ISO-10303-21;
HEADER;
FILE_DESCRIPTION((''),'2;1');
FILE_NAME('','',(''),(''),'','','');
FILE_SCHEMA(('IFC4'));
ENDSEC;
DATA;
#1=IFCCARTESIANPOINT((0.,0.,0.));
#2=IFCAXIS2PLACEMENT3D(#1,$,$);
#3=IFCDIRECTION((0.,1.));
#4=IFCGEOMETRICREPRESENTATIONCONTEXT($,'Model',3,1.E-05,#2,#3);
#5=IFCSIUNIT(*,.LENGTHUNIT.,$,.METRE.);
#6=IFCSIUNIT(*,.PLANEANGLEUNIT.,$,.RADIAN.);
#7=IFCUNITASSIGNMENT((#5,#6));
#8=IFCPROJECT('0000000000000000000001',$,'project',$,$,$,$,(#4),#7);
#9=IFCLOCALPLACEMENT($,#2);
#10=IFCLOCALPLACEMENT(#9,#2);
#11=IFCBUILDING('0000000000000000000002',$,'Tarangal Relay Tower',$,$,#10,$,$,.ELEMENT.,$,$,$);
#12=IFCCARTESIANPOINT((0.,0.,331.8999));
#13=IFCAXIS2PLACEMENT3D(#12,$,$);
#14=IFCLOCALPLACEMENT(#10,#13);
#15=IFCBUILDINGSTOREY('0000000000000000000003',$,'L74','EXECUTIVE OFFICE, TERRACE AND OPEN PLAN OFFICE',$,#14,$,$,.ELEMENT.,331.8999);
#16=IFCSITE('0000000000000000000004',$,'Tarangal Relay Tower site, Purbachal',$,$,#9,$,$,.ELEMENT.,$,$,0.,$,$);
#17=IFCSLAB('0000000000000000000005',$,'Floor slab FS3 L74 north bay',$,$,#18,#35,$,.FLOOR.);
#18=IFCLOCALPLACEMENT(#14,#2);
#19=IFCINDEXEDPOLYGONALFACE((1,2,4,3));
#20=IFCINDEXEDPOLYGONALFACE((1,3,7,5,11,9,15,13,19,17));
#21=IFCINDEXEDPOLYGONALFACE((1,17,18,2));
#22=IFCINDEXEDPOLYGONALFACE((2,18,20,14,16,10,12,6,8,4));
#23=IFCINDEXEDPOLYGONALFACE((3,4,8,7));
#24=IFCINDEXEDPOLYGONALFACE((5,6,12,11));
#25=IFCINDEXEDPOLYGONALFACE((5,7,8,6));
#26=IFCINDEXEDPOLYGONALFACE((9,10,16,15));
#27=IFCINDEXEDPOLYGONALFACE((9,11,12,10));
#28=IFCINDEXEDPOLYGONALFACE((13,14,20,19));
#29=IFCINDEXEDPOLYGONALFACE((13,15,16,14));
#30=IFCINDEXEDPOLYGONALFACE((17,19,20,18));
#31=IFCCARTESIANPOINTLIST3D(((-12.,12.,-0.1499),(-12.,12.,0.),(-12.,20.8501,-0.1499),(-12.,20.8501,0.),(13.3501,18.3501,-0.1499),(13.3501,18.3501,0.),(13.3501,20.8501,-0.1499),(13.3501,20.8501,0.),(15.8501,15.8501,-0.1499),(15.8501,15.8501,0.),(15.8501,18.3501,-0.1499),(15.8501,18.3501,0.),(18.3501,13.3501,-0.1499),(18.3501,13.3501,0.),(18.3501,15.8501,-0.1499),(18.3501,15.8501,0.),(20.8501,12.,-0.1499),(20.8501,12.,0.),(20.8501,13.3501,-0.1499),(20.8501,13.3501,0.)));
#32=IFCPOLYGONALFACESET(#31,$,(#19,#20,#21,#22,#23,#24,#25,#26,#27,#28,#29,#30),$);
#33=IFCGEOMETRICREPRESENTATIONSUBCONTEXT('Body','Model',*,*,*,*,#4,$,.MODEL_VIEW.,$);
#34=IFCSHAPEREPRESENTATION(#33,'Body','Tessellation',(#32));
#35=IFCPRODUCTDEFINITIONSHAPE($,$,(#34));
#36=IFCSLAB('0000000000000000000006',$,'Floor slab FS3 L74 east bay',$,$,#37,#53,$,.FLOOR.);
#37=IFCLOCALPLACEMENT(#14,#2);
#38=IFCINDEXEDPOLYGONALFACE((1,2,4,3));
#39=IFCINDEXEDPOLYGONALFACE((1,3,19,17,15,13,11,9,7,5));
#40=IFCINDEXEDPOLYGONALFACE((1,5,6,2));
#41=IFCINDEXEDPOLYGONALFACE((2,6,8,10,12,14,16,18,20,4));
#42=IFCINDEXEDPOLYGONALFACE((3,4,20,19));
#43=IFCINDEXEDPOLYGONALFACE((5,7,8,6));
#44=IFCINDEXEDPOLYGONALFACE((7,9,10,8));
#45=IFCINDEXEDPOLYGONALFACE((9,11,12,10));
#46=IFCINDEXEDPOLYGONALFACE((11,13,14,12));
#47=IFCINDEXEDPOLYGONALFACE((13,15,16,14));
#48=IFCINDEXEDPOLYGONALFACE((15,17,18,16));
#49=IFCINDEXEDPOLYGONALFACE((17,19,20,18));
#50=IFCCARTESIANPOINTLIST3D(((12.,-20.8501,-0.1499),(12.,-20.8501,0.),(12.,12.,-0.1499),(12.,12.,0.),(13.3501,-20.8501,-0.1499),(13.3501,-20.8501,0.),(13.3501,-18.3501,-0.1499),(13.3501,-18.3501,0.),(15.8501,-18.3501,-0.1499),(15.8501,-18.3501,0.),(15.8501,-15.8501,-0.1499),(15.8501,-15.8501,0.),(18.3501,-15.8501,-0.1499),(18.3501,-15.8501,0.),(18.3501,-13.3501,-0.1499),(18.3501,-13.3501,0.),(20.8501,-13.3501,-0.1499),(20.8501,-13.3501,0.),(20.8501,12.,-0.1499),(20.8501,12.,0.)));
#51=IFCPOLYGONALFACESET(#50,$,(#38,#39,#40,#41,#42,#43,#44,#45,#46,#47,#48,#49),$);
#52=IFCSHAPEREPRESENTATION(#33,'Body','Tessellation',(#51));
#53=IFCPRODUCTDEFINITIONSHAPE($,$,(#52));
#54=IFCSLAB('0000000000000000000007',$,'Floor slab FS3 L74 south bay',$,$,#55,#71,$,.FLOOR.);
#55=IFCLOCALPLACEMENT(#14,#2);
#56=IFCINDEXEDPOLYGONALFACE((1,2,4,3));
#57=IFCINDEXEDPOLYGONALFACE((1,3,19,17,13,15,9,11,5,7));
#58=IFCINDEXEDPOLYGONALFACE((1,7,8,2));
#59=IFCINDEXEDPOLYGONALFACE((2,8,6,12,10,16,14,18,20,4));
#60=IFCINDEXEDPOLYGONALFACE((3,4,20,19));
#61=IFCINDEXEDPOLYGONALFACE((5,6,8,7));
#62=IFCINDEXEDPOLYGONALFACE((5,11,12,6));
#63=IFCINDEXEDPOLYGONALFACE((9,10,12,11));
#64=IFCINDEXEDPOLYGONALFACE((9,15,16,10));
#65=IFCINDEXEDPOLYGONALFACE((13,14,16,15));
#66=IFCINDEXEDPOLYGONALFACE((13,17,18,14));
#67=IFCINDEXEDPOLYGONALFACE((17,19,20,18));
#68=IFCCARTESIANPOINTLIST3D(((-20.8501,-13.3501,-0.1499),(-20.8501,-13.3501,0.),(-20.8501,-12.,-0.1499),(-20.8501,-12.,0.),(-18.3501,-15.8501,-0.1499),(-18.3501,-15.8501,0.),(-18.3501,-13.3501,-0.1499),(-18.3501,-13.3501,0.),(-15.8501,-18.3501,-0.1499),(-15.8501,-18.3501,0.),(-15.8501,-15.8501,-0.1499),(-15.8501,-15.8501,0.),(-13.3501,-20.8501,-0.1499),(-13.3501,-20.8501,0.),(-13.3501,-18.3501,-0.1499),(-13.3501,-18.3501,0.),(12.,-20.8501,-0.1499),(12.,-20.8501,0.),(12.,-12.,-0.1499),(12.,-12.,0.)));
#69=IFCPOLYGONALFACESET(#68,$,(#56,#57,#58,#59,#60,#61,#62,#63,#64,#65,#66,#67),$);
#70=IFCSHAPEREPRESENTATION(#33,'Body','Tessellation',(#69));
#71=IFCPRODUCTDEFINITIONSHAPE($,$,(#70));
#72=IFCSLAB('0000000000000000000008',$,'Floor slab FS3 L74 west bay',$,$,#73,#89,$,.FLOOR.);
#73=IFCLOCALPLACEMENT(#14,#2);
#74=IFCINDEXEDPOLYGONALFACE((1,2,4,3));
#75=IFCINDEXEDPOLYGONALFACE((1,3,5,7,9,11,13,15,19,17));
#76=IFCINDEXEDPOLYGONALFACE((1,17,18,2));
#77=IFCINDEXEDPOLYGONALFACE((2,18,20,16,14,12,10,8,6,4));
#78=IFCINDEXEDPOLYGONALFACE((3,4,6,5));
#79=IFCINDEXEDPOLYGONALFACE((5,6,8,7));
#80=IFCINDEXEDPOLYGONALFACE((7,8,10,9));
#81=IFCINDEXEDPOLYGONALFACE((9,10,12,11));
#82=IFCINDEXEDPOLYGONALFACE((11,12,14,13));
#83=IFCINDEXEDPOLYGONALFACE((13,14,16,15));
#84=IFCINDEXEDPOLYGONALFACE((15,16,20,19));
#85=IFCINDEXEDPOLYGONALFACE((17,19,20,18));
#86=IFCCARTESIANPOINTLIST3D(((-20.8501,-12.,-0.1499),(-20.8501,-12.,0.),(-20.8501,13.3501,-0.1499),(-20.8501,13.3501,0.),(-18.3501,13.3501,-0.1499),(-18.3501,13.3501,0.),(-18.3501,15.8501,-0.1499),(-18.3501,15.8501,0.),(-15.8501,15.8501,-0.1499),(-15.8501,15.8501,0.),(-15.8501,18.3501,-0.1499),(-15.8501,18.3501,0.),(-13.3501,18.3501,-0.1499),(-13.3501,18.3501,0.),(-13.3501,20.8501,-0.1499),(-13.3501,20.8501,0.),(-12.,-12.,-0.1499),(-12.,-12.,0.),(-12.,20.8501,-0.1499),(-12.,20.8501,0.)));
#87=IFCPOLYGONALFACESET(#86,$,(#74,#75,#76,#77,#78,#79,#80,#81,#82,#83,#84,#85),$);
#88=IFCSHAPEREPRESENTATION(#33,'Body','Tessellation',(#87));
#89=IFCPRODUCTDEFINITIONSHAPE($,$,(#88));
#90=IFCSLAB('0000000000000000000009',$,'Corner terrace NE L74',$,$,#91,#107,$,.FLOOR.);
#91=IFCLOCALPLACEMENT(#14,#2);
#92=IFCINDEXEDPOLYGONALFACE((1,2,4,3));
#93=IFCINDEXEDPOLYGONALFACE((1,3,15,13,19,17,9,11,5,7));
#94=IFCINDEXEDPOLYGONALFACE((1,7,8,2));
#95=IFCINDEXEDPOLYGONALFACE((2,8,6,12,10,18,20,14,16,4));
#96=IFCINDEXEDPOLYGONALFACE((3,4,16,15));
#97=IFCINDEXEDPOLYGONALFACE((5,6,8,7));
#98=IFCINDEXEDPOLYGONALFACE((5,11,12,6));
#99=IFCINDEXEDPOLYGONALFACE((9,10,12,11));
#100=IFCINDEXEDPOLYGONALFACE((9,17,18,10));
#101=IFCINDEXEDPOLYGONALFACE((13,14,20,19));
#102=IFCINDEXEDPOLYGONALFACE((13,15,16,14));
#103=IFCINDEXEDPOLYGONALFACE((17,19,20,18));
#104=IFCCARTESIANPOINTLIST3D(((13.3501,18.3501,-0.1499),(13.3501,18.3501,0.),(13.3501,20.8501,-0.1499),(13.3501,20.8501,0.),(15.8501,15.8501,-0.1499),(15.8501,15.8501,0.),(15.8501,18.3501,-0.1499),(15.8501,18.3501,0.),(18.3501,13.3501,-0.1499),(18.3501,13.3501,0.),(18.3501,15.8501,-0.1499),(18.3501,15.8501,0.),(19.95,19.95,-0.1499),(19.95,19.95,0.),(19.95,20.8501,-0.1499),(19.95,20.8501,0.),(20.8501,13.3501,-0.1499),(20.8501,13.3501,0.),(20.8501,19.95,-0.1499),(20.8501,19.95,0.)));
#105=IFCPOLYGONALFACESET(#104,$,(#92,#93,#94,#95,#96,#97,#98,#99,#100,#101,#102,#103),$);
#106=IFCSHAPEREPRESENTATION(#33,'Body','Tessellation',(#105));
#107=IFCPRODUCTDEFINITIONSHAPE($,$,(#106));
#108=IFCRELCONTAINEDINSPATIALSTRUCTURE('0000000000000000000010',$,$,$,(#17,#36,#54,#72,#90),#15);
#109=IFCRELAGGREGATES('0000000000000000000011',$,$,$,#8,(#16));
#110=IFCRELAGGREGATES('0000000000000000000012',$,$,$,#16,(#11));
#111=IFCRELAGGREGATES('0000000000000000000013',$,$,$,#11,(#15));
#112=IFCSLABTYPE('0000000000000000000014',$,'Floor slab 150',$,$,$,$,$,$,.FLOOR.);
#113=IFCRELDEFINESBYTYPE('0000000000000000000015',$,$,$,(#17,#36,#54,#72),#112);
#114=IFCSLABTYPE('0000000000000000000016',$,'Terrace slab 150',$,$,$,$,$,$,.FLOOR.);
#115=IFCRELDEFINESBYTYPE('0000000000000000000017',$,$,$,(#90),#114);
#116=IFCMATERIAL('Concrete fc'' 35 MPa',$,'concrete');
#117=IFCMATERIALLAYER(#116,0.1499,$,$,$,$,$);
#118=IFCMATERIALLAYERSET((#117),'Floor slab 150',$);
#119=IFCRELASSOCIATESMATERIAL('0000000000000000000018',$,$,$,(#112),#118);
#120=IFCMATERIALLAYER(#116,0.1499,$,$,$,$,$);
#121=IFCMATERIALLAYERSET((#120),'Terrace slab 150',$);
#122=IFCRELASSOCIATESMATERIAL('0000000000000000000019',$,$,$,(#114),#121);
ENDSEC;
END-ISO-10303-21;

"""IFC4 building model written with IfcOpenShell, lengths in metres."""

from ifc_helpers import new_model, si_unit, direction, frame, origin, place, context, subcontext, project, spatial, polyline, outline, extrude, material, layer, layer_set, type_object, element, save


model = new_model("IFC4")

# Units and contexts
model_context = context("Model", 3, precision=1e-05, world=origin(), true_north=direction((0.0, 1.0)))
body_context = subcontext(model_context, "Body", "Model", "MODEL_VIEW")
ifc_project = project(units=[si_unit("LENGTHUNIT", "METRE"), si_unit("PLANEANGLEUNIT", "RADIAN")], contexts=[model_context])

# Site, building, storey
site_placement = place(None, origin())
site = spatial("IfcSite", under=ifc_project, at=site_placement, Name="Tarangal Relay Tower site, Purbachal", CompositionType="ELEMENT", RefElevation=0.0)
building_placement = place(site_placement, origin())
building = spatial("IfcBuilding", under=site, at=building_placement, Name="Tarangal Relay Tower", CompositionType="ELEMENT")
storey_placement = place(building_placement, frame((0.0, 0.0, 331.8999)))
storey = spatial("IfcBuildingStorey", under=building, at=storey_placement, Name="L74", Description="EXECUTIVE OFFICE, TERRACE AND OPEN PLAN OFFICE", CompositionType="ELEMENT", Elevation=331.8999)

# Slabs
ifc_material_1 = material(Name="Concrete fc' 35 MPa", Category="concrete")
ifc_layer_1 = layer(ifc_material_1, 0.1499)
ifc_layer_set_1 = layer_set([ifc_layer_1], Name="Floor slab 150")
slab_type_1 = type_object("IfcSlabType", Name="Floor slab 150", PredefinedType="FLOOR", material=ifc_layer_set_1)
slab_1_placement = place(storey_placement, frame((0.0, 0.0, -0.1499)))
element("IfcSlab", 1, at=slab_1_placement, inside=storey, type_object=slab_type_1, Name="Floor slab FS3 L74 north bay", PredefinedType="FLOOR", context=body_context, shape_type="SweptSolid", body=[
    extrude(outline(polyline([(13.3501, 20.8501), (13.3501, 18.3501), (15.8501, 18.3501), (15.8501, 15.8501), (18.3501, 15.8501), (18.3501, 13.3501), (20.8501, 13.3501), (20.8501, 12.0), (-12.0, 12.0), (-12.0, 20.8501), (13.3501, 20.8501)])), origin(), (0.0, 0.0, 1.0), 0.1499),
])
slab_2_placement = place(storey_placement, frame((0.0, 0.0, -0.1499)))
element("IfcSlab", 2, at=slab_2_placement, inside=storey, type_object=slab_type_1, Name="Floor slab FS3 L74 east bay", PredefinedType="FLOOR", context=body_context, shape_type="SweptSolid", body=[
    extrude(outline(polyline([(20.8501, -13.3501), (18.3501, -13.3501), (18.3501, -15.8501), (15.8501, -15.8501), (15.8501, -18.3501), (13.3501, -18.3501), (13.3501, -20.8501), (12.0, -20.8501), (12.0, 12.0), (20.8501, 12.0), (20.8501, -13.3501)])), origin(), (0.0, 0.0, 1.0), 0.1499),
])
slab_3_placement = place(storey_placement, frame((0.0, 0.0, -0.1499)))
element("IfcSlab", 3, at=slab_3_placement, inside=storey, type_object=slab_type_1, Name="Floor slab FS3 L74 south bay", PredefinedType="FLOOR", context=body_context, shape_type="SweptSolid", body=[
    extrude(outline(polyline([(-13.3501, -20.8501), (-13.3501, -18.3501), (-15.8501, -18.3501), (-15.8501, -15.8501), (-18.3501, -15.8501), (-18.3501, -13.3501), (-20.8501, -13.3501), (-20.8501, -12.0), (12.0, -12.0), (12.0, -20.8501), (-13.3501, -20.8501)])), origin(), (0.0, 0.0, 1.0), 0.1499),
])
slab_4_placement = place(storey_placement, frame((0.0, 0.0, -0.1499)))
element("IfcSlab", 4, at=slab_4_placement, inside=storey, type_object=slab_type_1, Name="Floor slab FS3 L74 west bay", PredefinedType="FLOOR", context=body_context, shape_type="SweptSolid", body=[
    extrude(outline(polyline([(-12.0, 20.8501), (-12.0, -12.0), (-20.8501, -12.0), (-20.8501, 13.3501), (-18.3501, 13.3501), (-18.3501, 15.8501), (-15.8501, 15.8501), (-15.8501, 18.3501), (-13.3501, 18.3501), (-13.3501, 20.8501), (-12.0, 20.8501)])), origin(), (0.0, 0.0, 1.0), 0.1499),
])
ifc_layer_2 = layer(ifc_material_1, 0.1499)
ifc_layer_set_2 = layer_set([ifc_layer_2], Name="Terrace slab 150")
slab_type_2 = type_object("IfcSlabType", Name="Terrace slab 150", PredefinedType="FLOOR", material=ifc_layer_set_2)
slab_5_placement = place(storey_placement, frame((0.0, 0.0, -0.1499)))
element("IfcSlab", 5, at=slab_5_placement, inside=storey, type_object=slab_type_2, Name="Corner terrace NE L74", PredefinedType="FLOOR", context=body_context, shape_type="SweptSolid", body=[
    extrude(outline(polyline([(13.3501, 20.8501), (13.3501, 18.3501), (15.8501, 18.3501), (15.8501, 15.8501), (18.3501, 15.8501), (18.3501, 13.3501), (20.8501, 13.3501), (20.8501, 19.95), (19.95, 19.95), (19.95, 20.8501), (13.3501, 20.8501)])), origin(), (0.0, 0.0, 1.0), 0.1499),
])

save(model, "model.ifc")
